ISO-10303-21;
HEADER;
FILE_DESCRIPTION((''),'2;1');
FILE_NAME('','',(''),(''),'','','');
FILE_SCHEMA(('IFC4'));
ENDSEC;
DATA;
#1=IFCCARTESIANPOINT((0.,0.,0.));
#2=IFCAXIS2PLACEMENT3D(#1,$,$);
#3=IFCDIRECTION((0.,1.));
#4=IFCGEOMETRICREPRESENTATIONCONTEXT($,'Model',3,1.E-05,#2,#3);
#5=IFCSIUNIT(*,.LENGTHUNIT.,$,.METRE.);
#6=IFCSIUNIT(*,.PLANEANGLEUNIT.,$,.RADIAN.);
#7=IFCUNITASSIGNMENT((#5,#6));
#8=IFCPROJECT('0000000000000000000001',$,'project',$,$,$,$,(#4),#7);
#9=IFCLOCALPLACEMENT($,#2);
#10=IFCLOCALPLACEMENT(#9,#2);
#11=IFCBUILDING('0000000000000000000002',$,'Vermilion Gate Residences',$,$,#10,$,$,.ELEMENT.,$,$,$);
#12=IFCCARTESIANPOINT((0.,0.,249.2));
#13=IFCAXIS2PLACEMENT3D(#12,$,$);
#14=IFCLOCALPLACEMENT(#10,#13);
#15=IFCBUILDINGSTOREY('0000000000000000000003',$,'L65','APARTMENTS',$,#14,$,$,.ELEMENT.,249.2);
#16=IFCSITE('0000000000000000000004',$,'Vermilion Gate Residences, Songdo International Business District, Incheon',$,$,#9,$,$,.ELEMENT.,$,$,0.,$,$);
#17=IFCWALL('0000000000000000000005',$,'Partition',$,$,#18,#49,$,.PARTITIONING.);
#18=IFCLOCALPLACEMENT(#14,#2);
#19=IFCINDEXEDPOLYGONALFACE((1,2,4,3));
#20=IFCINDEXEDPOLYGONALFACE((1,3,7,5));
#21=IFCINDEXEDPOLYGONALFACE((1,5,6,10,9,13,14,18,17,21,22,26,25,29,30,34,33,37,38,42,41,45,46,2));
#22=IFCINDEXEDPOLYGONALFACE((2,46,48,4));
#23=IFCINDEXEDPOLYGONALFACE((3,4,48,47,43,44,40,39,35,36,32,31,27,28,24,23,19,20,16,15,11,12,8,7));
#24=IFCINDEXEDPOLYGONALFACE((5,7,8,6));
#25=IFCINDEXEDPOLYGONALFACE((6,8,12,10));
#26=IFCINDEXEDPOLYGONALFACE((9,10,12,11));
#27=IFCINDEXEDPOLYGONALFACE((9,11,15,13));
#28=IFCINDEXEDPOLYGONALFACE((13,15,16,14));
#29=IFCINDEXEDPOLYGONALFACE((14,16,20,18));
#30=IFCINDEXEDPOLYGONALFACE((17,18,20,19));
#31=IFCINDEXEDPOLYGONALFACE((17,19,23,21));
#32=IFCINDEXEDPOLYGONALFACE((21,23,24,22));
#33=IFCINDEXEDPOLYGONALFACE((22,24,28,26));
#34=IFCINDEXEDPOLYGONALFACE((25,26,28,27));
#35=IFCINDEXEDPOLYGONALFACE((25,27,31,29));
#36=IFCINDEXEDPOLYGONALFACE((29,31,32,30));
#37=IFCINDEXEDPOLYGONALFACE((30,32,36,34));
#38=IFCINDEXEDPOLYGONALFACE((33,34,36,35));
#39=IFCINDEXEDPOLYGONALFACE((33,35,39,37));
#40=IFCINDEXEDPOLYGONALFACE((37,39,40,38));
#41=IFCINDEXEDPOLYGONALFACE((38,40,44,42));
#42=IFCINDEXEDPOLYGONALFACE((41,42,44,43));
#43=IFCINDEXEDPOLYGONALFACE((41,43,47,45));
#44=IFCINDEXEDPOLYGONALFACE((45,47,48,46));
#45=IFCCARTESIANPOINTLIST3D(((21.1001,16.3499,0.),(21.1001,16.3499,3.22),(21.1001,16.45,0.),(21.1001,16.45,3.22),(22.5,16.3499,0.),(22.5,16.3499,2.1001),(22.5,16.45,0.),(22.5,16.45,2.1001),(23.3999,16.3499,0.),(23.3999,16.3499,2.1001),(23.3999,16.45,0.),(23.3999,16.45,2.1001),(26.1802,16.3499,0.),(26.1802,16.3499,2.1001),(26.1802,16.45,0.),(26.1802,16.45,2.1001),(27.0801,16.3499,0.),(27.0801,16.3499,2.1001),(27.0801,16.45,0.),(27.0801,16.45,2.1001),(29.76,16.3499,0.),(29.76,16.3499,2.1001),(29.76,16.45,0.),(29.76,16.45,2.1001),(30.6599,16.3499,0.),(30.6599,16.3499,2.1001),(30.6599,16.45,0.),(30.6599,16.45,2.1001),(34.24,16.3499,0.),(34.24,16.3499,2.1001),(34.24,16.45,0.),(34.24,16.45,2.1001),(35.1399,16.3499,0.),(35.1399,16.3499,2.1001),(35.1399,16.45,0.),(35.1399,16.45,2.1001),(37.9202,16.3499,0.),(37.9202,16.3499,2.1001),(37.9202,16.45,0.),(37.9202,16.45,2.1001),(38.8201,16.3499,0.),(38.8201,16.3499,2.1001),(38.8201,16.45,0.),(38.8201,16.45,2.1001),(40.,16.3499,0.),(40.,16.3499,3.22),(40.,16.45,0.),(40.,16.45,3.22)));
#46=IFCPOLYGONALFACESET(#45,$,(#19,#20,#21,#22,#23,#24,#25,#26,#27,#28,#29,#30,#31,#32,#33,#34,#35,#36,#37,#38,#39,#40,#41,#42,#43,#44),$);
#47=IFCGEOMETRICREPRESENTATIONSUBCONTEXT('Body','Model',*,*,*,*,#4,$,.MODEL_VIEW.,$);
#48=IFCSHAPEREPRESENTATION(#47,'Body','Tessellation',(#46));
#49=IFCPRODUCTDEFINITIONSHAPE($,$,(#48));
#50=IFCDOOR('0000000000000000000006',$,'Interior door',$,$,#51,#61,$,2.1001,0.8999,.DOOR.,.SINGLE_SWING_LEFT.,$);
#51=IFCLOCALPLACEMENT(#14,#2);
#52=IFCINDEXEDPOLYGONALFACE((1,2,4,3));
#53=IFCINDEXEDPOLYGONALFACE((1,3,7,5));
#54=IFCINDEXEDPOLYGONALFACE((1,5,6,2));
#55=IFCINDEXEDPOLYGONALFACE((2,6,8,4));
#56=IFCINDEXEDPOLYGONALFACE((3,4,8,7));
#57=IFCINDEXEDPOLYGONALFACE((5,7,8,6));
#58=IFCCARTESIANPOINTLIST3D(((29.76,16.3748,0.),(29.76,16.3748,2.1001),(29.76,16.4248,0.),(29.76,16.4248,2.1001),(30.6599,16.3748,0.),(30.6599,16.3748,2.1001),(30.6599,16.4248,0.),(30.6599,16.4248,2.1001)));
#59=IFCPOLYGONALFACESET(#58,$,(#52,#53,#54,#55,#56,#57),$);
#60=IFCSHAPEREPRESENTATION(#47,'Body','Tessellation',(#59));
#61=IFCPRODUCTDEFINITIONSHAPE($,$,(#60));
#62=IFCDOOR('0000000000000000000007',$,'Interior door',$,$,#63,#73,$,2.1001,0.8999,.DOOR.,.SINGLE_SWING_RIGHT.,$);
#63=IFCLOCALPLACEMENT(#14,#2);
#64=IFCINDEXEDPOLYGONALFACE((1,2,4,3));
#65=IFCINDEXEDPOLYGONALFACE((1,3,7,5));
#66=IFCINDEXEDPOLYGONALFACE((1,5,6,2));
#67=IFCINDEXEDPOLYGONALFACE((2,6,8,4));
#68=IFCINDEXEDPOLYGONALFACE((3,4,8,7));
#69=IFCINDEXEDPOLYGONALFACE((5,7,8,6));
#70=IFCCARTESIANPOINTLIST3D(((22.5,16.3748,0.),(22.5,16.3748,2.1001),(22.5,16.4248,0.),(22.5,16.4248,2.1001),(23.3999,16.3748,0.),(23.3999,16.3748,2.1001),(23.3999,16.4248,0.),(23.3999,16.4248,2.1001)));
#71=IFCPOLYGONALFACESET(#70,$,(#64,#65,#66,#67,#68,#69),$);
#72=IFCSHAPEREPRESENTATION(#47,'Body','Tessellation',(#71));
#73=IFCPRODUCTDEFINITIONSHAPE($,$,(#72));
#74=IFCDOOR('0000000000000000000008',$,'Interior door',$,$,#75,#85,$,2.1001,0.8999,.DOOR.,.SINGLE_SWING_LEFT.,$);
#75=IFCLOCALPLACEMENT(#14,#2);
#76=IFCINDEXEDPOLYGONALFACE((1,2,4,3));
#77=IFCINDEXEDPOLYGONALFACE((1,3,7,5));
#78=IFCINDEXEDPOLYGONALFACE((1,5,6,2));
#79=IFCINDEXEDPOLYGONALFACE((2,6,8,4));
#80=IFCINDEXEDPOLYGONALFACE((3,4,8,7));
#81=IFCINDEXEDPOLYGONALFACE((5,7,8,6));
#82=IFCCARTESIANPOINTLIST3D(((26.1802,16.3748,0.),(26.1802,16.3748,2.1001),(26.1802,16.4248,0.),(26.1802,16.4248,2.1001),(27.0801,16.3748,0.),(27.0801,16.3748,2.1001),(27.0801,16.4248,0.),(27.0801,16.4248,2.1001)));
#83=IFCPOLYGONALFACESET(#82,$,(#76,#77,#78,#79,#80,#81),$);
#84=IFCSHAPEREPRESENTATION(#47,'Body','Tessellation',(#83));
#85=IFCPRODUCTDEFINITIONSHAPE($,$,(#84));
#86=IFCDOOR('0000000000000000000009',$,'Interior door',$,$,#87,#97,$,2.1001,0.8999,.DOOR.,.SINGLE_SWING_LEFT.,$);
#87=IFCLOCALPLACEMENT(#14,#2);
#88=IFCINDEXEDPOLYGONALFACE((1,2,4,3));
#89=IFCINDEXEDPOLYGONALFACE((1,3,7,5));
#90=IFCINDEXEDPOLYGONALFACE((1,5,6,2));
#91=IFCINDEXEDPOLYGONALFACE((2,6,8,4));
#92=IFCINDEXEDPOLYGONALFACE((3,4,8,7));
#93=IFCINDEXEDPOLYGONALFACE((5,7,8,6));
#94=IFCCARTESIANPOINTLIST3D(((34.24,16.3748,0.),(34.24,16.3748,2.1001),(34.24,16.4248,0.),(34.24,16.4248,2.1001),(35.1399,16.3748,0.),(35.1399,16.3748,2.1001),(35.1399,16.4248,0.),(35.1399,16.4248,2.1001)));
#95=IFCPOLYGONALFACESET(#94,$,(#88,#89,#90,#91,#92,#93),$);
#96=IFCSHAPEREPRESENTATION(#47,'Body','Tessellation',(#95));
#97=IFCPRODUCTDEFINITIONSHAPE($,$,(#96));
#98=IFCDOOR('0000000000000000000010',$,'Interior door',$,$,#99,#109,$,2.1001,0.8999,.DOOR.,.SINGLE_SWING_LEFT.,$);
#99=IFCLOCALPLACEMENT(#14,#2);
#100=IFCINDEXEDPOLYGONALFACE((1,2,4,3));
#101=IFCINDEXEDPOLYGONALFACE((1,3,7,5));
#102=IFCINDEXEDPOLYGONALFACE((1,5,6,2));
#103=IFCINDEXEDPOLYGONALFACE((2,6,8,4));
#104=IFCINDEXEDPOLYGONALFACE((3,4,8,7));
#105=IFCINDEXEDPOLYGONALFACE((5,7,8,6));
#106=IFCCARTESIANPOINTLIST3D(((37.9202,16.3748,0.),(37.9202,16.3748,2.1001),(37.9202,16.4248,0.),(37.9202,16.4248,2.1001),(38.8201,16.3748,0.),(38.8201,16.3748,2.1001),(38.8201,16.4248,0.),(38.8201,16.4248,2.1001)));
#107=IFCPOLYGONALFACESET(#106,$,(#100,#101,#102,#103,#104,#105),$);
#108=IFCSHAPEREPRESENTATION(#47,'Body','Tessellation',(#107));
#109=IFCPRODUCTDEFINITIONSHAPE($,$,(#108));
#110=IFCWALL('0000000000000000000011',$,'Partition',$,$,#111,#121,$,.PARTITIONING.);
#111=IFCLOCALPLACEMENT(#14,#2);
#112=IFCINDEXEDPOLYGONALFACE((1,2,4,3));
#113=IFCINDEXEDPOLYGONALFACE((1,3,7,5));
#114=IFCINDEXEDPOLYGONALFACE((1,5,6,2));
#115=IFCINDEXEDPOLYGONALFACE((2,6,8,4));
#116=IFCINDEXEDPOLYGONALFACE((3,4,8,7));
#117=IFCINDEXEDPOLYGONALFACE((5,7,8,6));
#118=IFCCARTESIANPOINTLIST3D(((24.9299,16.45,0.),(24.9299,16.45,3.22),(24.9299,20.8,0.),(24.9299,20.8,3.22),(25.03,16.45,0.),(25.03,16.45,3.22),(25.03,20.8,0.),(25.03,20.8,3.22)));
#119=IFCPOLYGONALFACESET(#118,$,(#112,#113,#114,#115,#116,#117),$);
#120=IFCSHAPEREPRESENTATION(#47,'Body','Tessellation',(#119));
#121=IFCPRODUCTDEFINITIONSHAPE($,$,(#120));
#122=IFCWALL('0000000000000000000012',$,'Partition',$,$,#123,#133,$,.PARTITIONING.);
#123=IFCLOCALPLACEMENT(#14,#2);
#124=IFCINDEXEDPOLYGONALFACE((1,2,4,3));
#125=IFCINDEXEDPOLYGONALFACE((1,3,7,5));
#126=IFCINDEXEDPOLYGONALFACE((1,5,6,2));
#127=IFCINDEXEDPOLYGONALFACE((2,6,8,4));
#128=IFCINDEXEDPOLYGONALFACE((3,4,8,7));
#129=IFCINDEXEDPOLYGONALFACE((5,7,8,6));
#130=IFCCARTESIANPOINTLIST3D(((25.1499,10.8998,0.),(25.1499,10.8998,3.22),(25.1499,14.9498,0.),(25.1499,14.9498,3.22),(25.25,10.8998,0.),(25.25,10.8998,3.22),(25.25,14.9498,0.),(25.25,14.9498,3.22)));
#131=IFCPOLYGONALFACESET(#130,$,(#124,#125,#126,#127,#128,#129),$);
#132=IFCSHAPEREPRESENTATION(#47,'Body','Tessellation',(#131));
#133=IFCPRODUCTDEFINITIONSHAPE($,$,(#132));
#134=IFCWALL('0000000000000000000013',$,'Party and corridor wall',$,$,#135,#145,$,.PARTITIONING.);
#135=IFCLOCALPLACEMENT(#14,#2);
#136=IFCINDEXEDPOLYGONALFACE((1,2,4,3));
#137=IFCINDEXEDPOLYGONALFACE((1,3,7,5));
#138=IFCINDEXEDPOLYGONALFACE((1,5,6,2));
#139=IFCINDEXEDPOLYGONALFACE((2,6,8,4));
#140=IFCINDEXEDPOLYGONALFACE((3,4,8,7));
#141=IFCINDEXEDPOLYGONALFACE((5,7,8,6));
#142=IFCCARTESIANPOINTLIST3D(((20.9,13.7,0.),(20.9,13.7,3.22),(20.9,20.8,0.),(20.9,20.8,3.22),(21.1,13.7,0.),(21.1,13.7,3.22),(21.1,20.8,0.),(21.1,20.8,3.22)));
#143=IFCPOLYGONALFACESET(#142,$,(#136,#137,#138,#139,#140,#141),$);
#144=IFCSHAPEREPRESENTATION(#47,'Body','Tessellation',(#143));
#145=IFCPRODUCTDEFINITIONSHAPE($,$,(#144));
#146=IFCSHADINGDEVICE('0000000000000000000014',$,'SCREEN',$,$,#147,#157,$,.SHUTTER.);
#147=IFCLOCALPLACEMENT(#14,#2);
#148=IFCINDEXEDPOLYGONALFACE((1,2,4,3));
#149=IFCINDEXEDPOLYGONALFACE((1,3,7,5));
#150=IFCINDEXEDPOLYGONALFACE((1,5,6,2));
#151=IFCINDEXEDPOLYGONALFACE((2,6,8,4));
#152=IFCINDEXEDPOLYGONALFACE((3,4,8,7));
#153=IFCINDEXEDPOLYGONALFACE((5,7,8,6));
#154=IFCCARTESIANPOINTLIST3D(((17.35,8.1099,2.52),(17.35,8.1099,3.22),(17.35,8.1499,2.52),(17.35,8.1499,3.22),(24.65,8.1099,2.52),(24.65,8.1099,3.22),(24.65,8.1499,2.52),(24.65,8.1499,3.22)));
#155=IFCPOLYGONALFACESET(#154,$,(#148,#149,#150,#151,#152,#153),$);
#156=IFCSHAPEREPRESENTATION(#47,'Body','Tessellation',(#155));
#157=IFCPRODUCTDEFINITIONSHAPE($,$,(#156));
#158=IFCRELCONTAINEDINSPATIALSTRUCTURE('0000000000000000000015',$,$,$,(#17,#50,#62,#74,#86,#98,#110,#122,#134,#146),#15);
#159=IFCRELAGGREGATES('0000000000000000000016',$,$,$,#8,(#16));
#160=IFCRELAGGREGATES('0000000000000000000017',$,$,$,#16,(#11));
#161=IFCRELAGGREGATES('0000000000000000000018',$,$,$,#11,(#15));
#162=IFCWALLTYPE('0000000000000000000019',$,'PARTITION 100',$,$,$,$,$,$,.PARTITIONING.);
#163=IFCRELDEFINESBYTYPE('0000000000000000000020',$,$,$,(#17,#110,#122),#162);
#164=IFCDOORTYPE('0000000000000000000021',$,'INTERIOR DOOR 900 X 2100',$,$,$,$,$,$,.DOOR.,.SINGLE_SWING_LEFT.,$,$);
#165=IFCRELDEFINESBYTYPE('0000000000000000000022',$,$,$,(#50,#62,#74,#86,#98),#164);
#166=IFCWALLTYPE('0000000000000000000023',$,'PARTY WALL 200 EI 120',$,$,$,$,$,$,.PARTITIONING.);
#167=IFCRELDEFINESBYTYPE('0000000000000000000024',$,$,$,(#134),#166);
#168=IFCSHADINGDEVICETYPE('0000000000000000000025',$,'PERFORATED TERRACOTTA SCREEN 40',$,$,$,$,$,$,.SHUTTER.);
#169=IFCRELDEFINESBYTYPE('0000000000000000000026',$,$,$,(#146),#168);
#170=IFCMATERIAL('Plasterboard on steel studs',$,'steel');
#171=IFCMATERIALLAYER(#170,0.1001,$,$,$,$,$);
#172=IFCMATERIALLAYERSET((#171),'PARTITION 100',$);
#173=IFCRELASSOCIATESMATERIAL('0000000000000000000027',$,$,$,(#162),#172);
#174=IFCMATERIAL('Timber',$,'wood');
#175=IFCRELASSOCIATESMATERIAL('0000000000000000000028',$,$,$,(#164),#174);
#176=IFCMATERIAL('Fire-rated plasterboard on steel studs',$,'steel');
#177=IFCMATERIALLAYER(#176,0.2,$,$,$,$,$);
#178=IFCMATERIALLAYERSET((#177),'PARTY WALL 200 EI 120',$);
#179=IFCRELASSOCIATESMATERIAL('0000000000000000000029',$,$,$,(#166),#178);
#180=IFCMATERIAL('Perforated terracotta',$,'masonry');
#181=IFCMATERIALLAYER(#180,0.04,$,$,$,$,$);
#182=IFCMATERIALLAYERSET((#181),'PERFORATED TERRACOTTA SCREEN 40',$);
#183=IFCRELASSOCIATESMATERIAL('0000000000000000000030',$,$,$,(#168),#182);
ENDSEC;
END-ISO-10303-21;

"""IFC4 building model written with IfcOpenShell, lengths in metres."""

from ifc_helpers import new_model, si_unit, direction, frame, frame_2d, origin, origin_2d, place, context, subcontext, project, spatial, rectangle, extrude, material, layer, layer_set, type_object, element, fill, save


model = new_model("IFC4")

# Units and contexts
model_context = context("Model", 3, precision=1e-05, world=origin(), true_north=direction((0.0, 1.0)))
body_context = subcontext(model_context, "Body", "Model", "MODEL_VIEW")
ifc_project = project(units=[si_unit("LENGTHUNIT", "METRE"), si_unit("PLANEANGLEUNIT", "RADIAN")], contexts=[model_context])

# Site, building, storey
site_placement = place(None, origin())
site = spatial("IfcSite", under=ifc_project, at=site_placement, Name="Vermilion Gate Residences, Songdo International Business District, Incheon", CompositionType="ELEMENT", RefElevation=0.0)
building_placement = place(site_placement, origin())
building = spatial("IfcBuilding", under=site, at=building_placement, Name="Vermilion Gate Residences", CompositionType="ELEMENT")
storey_placement = place(building_placement, frame((0.0, 0.0, 249.2)))
storey = spatial("IfcBuildingStorey", under=building, at=storey_placement, Name="L65", Description="APARTMENTS", CompositionType="ELEMENT", Elevation=249.2)

# Wall, openings, doors
ifc_material_1 = material(Name="Plasterboard on steel studs", Category="steel")
ifc_layer_1 = layer(ifc_material_1, 0.1001)
ifc_layer_set_1 = layer_set([ifc_layer_1], Name="PARTITION 100")
wall_type_1 = type_object("IfcWallType", Name="PARTITION 100", PredefinedType="PARTITIONING", material=ifc_layer_set_1)
ifc_material_2 = material(Name="Timber", Category="wood")
door_type = type_object("IfcDoorType", Name="INTERIOR DOOR 900 X 2100", OperationType="SINGLE_SWING_LEFT", PredefinedType="DOOR", material=ifc_material_2)
wall_1_placement = place(storey_placement, frame((21.1001, 16.3999, 0.0), z_axis=(0.0, 0.0, 1.0), x_axis=(1.0, 0.0, 0.0)))
wall_1 = element("IfcWall", 1, at=wall_1_placement, inside=storey, type_object=wall_type_1, Name="Partition", PredefinedType="PARTITIONING", context=body_context, shape_type="SweptSolid", body=[
    extrude(rectangle(XDim=18.8999, YDim=0.1001, at=frame_2d((9.45, 0.0))), origin(), (0.0, 0.0, 1.0), 3.22),
])
opening_1_placement = place(wall_1_placement, frame((8.6599, 0.0, 0.0)))
opening_1 = element("IfcOpeningElement", 2, at=opening_1_placement, cuts=wall_1, PredefinedType="OPENING", context=body_context, shape_type="SweptSolid", body=[
    extrude(rectangle(XDim=0.8999, YDim=2.1001, at=frame_2d((0.45, 1.05))), frame((0.0, 0.0601, 0.0), z_axis=(0.0, -1.0, 0.0), x_axis=(1.0, 0.0, 0.0)), (0.0, 0.0, 1.0), 0.1201),
])
opening_2_placement = place(wall_1_placement, frame((1.3999, 0.0, 0.0)))
opening_2 = element("IfcOpeningElement", 3, at=opening_2_placement, cuts=wall_1, PredefinedType="OPENING", context=body_context, shape_type="SweptSolid", body=[
    extrude(rectangle(XDim=0.8999, YDim=2.1001, at=frame_2d((0.45, 1.05))), frame((0.0, 0.0601, 0.0), z_axis=(0.0, -1.0, 0.0), x_axis=(1.0, 0.0, 0.0)), (0.0, 0.0, 1.0), 0.1201),
])
opening_3_placement = place(wall_1_placement, frame((5.0801, 0.0, 0.0)))
opening_3 = element("IfcOpeningElement", 4, at=opening_3_placement, cuts=wall_1, PredefinedType="OPENING", context=body_context, shape_type="SweptSolid", body=[
    extrude(rectangle(XDim=0.8999, YDim=2.1001, at=frame_2d((0.45, 1.05))), frame((0.0, 0.0601, 0.0), z_axis=(0.0, -1.0, 0.0), x_axis=(1.0, 0.0, 0.0)), (0.0, 0.0, 1.0), 0.1201),
])
opening_4_placement = place(wall_1_placement, frame((13.1399, 0.0, 0.0)))
opening_4 = element("IfcOpeningElement", 5, at=opening_4_placement, cuts=wall_1, PredefinedType="OPENING", context=body_context, shape_type="SweptSolid", body=[
    extrude(rectangle(XDim=0.8999, YDim=2.1001, at=frame_2d((0.45, 1.05))), frame((0.0, 0.0601, 0.0), z_axis=(0.0, -1.0, 0.0), x_axis=(1.0, 0.0, 0.0)), (0.0, 0.0, 1.0), 0.1201),
])
opening_5_placement = place(wall_1_placement, frame((16.8201, 0.0, 0.0)))
opening_5 = element("IfcOpeningElement", 6, at=opening_5_placement, cuts=wall_1, PredefinedType="OPENING", context=body_context, shape_type="SweptSolid", body=[
    extrude(rectangle(XDim=0.8999, YDim=2.1001, at=frame_2d((0.45, 1.05))), frame((0.0, 0.0601, 0.0), z_axis=(0.0, -1.0, 0.0), x_axis=(1.0, 0.0, 0.0)), (0.0, 0.0, 1.0), 0.1201),
])
door_1_placement = place(opening_1_placement, origin())
door_1 = element("IfcDoor", 7, at=door_1_placement, inside=storey, type_object=door_type, Name="Interior door", OperationType="SINGLE_SWING_LEFT", OverallHeight=2.1001, OverallWidth=0.8999, PredefinedType="DOOR", context=body_context, shape_type="SweptSolid", body=[
    extrude(rectangle(XDim=0.8999, YDim=2.1001, at=frame_2d((0.45, 1.05))), frame((0.0, 0.0249, 0.0), z_axis=(0.0, -1.0, 0.0), x_axis=(1.0, 0.0, 0.0)), (0.0, 0.0, 1.0), 0.05),
])
fill(opening_1, door_1)
door_2_placement = place(opening_2_placement, origin())
door_2 = element("IfcDoor", 8, at=door_2_placement, inside=storey, type_object=door_type, Name="Interior door", OperationType="SINGLE_SWING_RIGHT", OverallHeight=2.1001, OverallWidth=0.8999, PredefinedType="DOOR", context=body_context, shape_type="SweptSolid", body=[
    extrude(rectangle(XDim=0.8999, YDim=2.1001, at=frame_2d((0.45, 1.05))), frame((0.0, 0.0249, 0.0), z_axis=(0.0, -1.0, 0.0), x_axis=(1.0, 0.0, 0.0)), (0.0, 0.0, 1.0), 0.05),
])
fill(opening_2, door_2)
door_3_placement = place(opening_3_placement, origin())
door_3 = element("IfcDoor", 9, at=door_3_placement, inside=storey, type_object=door_type, Name="Interior door", OperationType="SINGLE_SWING_LEFT", OverallHeight=2.1001, OverallWidth=0.8999, PredefinedType="DOOR", context=body_context, shape_type="SweptSolid", body=[
    extrude(rectangle(XDim=0.8999, YDim=2.1001, at=frame_2d((0.45, 1.05))), frame((0.0, 0.0249, 0.0), z_axis=(0.0, -1.0, 0.0), x_axis=(1.0, 0.0, 0.0)), (0.0, 0.0, 1.0), 0.05),
])
fill(opening_3, door_3)
door_4_placement = place(opening_4_placement, origin())
door_4 = element("IfcDoor", 10, at=door_4_placement, inside=storey, type_object=door_type, Name="Interior door", OperationType="SINGLE_SWING_LEFT", OverallHeight=2.1001, OverallWidth=0.8999, PredefinedType="DOOR", context=body_context, shape_type="SweptSolid", body=[
    extrude(rectangle(XDim=0.8999, YDim=2.1001, at=frame_2d((0.45, 1.05))), frame((0.0, 0.0249, 0.0), z_axis=(0.0, -1.0, 0.0), x_axis=(1.0, 0.0, 0.0)), (0.0, 0.0, 1.0), 0.05),
])
fill(opening_4, door_4)
door_5_placement = place(opening_5_placement, origin())
door_5 = element("IfcDoor", 11, at=door_5_placement, inside=storey, type_object=door_type, Name="Interior door", OperationType="SINGLE_SWING_LEFT", OverallHeight=2.1001, OverallWidth=0.8999, PredefinedType="DOOR", context=body_context, shape_type="SweptSolid", body=[
    extrude(rectangle(XDim=0.8999, YDim=2.1001, at=frame_2d((0.45, 1.05))), frame((0.0, 0.0249, 0.0), z_axis=(0.0, -1.0, 0.0), x_axis=(1.0, 0.0, 0.0)), (0.0, 0.0, 1.0), 0.05),
])
fill(opening_5, door_5)

# Walls
wall_2_placement = place(storey_placement, frame((24.98, 16.45, 0.0), z_axis=(0.0, 0.0, 1.0), x_axis=(0.0, 1.0, 0.0)))
element("IfcWall", 12, at=wall_2_placement, inside=storey, type_object=wall_type_1, Name="Partition", PredefinedType="PARTITIONING", context=body_context, shape_type="SweptSolid", body=[
    extrude(rectangle(XDim=4.3501, YDim=0.1001, at=frame_2d((2.175, 0.0))), origin(), (0.0, 0.0, 1.0), 3.22),
])
wall_3_placement = place(storey_placement, frame((25.2, 10.8999, 0.0), z_axis=(0.0, 0.0, 1.0), x_axis=(0.0, 1.0, 0.0)))
element("IfcWall", 13, at=wall_3_placement, inside=storey, type_object=wall_type_1, Name="Partition", PredefinedType="PARTITIONING", context=body_context, shape_type="SweptSolid", body=[
    extrude(rectangle(XDim=4.05, YDim=0.1001, at=frame_2d((2.0249, 0.0))), origin(), (0.0, 0.0, 1.0), 3.22),
])
ifc_material_3 = material(Name="Fire-rated plasterboard on steel studs", Category="steel")
ifc_layer_2 = layer(ifc_material_3, 0.2)
ifc_layer_set_2 = layer_set([ifc_layer_2], Name="PARTY WALL 200 EI 120")
wall_type_2 = type_object("IfcWallType", Name="PARTY WALL 200 EI 120", PredefinedType="PARTITIONING", material=ifc_layer_set_2)
wall_4_placement = place(storey_placement, frame((21.0, 13.7, 0.0), z_axis=(0.0, 0.0, 1.0), x_axis=(0.0, 1.0, 0.0)))
element("IfcWall", 14, at=wall_4_placement, inside=storey, type_object=wall_type_2, Name="Party and corridor wall", PredefinedType="PARTITIONING", context=body_context, shape_type="SweptSolid", body=[
    extrude(rectangle(XDim=7.1001, YDim=0.2, at=frame_2d((3.55, 0.0))), origin(), (0.0, 0.0, 1.0), 3.22),
])

# Shading device
ifc_material_4 = material(Name="Perforated terracotta", Category="masonry")
ifc_layer_3 = layer(ifc_material_4, 0.04)
ifc_layer_set_3 = layer_set([ifc_layer_3], Name="PERFORATED TERRACOTTA SCREEN 40")
shading_device_type_1 = type_object("IfcShadingDeviceType", Name="PERFORATED TERRACOTTA SCREEN 40", PredefinedType="SHUTTER", material=ifc_layer_set_3)
shading_device_1_placement = place(storey_placement, frame((21.0, 8.1299, 2.52), z_axis=(0.0, 0.0, 1.0), x_axis=(1.0, 0.0, 0.0)))
element("IfcShadingDevice", 15, at=shading_device_1_placement, inside=storey, type_object=shading_device_type_1, Name="SCREEN", PredefinedType="SHUTTER", context=body_context, shape_type="SweptSolid", body=[
    extrude(rectangle(XDim=7.3, YDim=0.04, at=origin_2d()), origin(), (0.0, 0.0, 1.0), 0.7),
])

save(model, "model.ifc")
